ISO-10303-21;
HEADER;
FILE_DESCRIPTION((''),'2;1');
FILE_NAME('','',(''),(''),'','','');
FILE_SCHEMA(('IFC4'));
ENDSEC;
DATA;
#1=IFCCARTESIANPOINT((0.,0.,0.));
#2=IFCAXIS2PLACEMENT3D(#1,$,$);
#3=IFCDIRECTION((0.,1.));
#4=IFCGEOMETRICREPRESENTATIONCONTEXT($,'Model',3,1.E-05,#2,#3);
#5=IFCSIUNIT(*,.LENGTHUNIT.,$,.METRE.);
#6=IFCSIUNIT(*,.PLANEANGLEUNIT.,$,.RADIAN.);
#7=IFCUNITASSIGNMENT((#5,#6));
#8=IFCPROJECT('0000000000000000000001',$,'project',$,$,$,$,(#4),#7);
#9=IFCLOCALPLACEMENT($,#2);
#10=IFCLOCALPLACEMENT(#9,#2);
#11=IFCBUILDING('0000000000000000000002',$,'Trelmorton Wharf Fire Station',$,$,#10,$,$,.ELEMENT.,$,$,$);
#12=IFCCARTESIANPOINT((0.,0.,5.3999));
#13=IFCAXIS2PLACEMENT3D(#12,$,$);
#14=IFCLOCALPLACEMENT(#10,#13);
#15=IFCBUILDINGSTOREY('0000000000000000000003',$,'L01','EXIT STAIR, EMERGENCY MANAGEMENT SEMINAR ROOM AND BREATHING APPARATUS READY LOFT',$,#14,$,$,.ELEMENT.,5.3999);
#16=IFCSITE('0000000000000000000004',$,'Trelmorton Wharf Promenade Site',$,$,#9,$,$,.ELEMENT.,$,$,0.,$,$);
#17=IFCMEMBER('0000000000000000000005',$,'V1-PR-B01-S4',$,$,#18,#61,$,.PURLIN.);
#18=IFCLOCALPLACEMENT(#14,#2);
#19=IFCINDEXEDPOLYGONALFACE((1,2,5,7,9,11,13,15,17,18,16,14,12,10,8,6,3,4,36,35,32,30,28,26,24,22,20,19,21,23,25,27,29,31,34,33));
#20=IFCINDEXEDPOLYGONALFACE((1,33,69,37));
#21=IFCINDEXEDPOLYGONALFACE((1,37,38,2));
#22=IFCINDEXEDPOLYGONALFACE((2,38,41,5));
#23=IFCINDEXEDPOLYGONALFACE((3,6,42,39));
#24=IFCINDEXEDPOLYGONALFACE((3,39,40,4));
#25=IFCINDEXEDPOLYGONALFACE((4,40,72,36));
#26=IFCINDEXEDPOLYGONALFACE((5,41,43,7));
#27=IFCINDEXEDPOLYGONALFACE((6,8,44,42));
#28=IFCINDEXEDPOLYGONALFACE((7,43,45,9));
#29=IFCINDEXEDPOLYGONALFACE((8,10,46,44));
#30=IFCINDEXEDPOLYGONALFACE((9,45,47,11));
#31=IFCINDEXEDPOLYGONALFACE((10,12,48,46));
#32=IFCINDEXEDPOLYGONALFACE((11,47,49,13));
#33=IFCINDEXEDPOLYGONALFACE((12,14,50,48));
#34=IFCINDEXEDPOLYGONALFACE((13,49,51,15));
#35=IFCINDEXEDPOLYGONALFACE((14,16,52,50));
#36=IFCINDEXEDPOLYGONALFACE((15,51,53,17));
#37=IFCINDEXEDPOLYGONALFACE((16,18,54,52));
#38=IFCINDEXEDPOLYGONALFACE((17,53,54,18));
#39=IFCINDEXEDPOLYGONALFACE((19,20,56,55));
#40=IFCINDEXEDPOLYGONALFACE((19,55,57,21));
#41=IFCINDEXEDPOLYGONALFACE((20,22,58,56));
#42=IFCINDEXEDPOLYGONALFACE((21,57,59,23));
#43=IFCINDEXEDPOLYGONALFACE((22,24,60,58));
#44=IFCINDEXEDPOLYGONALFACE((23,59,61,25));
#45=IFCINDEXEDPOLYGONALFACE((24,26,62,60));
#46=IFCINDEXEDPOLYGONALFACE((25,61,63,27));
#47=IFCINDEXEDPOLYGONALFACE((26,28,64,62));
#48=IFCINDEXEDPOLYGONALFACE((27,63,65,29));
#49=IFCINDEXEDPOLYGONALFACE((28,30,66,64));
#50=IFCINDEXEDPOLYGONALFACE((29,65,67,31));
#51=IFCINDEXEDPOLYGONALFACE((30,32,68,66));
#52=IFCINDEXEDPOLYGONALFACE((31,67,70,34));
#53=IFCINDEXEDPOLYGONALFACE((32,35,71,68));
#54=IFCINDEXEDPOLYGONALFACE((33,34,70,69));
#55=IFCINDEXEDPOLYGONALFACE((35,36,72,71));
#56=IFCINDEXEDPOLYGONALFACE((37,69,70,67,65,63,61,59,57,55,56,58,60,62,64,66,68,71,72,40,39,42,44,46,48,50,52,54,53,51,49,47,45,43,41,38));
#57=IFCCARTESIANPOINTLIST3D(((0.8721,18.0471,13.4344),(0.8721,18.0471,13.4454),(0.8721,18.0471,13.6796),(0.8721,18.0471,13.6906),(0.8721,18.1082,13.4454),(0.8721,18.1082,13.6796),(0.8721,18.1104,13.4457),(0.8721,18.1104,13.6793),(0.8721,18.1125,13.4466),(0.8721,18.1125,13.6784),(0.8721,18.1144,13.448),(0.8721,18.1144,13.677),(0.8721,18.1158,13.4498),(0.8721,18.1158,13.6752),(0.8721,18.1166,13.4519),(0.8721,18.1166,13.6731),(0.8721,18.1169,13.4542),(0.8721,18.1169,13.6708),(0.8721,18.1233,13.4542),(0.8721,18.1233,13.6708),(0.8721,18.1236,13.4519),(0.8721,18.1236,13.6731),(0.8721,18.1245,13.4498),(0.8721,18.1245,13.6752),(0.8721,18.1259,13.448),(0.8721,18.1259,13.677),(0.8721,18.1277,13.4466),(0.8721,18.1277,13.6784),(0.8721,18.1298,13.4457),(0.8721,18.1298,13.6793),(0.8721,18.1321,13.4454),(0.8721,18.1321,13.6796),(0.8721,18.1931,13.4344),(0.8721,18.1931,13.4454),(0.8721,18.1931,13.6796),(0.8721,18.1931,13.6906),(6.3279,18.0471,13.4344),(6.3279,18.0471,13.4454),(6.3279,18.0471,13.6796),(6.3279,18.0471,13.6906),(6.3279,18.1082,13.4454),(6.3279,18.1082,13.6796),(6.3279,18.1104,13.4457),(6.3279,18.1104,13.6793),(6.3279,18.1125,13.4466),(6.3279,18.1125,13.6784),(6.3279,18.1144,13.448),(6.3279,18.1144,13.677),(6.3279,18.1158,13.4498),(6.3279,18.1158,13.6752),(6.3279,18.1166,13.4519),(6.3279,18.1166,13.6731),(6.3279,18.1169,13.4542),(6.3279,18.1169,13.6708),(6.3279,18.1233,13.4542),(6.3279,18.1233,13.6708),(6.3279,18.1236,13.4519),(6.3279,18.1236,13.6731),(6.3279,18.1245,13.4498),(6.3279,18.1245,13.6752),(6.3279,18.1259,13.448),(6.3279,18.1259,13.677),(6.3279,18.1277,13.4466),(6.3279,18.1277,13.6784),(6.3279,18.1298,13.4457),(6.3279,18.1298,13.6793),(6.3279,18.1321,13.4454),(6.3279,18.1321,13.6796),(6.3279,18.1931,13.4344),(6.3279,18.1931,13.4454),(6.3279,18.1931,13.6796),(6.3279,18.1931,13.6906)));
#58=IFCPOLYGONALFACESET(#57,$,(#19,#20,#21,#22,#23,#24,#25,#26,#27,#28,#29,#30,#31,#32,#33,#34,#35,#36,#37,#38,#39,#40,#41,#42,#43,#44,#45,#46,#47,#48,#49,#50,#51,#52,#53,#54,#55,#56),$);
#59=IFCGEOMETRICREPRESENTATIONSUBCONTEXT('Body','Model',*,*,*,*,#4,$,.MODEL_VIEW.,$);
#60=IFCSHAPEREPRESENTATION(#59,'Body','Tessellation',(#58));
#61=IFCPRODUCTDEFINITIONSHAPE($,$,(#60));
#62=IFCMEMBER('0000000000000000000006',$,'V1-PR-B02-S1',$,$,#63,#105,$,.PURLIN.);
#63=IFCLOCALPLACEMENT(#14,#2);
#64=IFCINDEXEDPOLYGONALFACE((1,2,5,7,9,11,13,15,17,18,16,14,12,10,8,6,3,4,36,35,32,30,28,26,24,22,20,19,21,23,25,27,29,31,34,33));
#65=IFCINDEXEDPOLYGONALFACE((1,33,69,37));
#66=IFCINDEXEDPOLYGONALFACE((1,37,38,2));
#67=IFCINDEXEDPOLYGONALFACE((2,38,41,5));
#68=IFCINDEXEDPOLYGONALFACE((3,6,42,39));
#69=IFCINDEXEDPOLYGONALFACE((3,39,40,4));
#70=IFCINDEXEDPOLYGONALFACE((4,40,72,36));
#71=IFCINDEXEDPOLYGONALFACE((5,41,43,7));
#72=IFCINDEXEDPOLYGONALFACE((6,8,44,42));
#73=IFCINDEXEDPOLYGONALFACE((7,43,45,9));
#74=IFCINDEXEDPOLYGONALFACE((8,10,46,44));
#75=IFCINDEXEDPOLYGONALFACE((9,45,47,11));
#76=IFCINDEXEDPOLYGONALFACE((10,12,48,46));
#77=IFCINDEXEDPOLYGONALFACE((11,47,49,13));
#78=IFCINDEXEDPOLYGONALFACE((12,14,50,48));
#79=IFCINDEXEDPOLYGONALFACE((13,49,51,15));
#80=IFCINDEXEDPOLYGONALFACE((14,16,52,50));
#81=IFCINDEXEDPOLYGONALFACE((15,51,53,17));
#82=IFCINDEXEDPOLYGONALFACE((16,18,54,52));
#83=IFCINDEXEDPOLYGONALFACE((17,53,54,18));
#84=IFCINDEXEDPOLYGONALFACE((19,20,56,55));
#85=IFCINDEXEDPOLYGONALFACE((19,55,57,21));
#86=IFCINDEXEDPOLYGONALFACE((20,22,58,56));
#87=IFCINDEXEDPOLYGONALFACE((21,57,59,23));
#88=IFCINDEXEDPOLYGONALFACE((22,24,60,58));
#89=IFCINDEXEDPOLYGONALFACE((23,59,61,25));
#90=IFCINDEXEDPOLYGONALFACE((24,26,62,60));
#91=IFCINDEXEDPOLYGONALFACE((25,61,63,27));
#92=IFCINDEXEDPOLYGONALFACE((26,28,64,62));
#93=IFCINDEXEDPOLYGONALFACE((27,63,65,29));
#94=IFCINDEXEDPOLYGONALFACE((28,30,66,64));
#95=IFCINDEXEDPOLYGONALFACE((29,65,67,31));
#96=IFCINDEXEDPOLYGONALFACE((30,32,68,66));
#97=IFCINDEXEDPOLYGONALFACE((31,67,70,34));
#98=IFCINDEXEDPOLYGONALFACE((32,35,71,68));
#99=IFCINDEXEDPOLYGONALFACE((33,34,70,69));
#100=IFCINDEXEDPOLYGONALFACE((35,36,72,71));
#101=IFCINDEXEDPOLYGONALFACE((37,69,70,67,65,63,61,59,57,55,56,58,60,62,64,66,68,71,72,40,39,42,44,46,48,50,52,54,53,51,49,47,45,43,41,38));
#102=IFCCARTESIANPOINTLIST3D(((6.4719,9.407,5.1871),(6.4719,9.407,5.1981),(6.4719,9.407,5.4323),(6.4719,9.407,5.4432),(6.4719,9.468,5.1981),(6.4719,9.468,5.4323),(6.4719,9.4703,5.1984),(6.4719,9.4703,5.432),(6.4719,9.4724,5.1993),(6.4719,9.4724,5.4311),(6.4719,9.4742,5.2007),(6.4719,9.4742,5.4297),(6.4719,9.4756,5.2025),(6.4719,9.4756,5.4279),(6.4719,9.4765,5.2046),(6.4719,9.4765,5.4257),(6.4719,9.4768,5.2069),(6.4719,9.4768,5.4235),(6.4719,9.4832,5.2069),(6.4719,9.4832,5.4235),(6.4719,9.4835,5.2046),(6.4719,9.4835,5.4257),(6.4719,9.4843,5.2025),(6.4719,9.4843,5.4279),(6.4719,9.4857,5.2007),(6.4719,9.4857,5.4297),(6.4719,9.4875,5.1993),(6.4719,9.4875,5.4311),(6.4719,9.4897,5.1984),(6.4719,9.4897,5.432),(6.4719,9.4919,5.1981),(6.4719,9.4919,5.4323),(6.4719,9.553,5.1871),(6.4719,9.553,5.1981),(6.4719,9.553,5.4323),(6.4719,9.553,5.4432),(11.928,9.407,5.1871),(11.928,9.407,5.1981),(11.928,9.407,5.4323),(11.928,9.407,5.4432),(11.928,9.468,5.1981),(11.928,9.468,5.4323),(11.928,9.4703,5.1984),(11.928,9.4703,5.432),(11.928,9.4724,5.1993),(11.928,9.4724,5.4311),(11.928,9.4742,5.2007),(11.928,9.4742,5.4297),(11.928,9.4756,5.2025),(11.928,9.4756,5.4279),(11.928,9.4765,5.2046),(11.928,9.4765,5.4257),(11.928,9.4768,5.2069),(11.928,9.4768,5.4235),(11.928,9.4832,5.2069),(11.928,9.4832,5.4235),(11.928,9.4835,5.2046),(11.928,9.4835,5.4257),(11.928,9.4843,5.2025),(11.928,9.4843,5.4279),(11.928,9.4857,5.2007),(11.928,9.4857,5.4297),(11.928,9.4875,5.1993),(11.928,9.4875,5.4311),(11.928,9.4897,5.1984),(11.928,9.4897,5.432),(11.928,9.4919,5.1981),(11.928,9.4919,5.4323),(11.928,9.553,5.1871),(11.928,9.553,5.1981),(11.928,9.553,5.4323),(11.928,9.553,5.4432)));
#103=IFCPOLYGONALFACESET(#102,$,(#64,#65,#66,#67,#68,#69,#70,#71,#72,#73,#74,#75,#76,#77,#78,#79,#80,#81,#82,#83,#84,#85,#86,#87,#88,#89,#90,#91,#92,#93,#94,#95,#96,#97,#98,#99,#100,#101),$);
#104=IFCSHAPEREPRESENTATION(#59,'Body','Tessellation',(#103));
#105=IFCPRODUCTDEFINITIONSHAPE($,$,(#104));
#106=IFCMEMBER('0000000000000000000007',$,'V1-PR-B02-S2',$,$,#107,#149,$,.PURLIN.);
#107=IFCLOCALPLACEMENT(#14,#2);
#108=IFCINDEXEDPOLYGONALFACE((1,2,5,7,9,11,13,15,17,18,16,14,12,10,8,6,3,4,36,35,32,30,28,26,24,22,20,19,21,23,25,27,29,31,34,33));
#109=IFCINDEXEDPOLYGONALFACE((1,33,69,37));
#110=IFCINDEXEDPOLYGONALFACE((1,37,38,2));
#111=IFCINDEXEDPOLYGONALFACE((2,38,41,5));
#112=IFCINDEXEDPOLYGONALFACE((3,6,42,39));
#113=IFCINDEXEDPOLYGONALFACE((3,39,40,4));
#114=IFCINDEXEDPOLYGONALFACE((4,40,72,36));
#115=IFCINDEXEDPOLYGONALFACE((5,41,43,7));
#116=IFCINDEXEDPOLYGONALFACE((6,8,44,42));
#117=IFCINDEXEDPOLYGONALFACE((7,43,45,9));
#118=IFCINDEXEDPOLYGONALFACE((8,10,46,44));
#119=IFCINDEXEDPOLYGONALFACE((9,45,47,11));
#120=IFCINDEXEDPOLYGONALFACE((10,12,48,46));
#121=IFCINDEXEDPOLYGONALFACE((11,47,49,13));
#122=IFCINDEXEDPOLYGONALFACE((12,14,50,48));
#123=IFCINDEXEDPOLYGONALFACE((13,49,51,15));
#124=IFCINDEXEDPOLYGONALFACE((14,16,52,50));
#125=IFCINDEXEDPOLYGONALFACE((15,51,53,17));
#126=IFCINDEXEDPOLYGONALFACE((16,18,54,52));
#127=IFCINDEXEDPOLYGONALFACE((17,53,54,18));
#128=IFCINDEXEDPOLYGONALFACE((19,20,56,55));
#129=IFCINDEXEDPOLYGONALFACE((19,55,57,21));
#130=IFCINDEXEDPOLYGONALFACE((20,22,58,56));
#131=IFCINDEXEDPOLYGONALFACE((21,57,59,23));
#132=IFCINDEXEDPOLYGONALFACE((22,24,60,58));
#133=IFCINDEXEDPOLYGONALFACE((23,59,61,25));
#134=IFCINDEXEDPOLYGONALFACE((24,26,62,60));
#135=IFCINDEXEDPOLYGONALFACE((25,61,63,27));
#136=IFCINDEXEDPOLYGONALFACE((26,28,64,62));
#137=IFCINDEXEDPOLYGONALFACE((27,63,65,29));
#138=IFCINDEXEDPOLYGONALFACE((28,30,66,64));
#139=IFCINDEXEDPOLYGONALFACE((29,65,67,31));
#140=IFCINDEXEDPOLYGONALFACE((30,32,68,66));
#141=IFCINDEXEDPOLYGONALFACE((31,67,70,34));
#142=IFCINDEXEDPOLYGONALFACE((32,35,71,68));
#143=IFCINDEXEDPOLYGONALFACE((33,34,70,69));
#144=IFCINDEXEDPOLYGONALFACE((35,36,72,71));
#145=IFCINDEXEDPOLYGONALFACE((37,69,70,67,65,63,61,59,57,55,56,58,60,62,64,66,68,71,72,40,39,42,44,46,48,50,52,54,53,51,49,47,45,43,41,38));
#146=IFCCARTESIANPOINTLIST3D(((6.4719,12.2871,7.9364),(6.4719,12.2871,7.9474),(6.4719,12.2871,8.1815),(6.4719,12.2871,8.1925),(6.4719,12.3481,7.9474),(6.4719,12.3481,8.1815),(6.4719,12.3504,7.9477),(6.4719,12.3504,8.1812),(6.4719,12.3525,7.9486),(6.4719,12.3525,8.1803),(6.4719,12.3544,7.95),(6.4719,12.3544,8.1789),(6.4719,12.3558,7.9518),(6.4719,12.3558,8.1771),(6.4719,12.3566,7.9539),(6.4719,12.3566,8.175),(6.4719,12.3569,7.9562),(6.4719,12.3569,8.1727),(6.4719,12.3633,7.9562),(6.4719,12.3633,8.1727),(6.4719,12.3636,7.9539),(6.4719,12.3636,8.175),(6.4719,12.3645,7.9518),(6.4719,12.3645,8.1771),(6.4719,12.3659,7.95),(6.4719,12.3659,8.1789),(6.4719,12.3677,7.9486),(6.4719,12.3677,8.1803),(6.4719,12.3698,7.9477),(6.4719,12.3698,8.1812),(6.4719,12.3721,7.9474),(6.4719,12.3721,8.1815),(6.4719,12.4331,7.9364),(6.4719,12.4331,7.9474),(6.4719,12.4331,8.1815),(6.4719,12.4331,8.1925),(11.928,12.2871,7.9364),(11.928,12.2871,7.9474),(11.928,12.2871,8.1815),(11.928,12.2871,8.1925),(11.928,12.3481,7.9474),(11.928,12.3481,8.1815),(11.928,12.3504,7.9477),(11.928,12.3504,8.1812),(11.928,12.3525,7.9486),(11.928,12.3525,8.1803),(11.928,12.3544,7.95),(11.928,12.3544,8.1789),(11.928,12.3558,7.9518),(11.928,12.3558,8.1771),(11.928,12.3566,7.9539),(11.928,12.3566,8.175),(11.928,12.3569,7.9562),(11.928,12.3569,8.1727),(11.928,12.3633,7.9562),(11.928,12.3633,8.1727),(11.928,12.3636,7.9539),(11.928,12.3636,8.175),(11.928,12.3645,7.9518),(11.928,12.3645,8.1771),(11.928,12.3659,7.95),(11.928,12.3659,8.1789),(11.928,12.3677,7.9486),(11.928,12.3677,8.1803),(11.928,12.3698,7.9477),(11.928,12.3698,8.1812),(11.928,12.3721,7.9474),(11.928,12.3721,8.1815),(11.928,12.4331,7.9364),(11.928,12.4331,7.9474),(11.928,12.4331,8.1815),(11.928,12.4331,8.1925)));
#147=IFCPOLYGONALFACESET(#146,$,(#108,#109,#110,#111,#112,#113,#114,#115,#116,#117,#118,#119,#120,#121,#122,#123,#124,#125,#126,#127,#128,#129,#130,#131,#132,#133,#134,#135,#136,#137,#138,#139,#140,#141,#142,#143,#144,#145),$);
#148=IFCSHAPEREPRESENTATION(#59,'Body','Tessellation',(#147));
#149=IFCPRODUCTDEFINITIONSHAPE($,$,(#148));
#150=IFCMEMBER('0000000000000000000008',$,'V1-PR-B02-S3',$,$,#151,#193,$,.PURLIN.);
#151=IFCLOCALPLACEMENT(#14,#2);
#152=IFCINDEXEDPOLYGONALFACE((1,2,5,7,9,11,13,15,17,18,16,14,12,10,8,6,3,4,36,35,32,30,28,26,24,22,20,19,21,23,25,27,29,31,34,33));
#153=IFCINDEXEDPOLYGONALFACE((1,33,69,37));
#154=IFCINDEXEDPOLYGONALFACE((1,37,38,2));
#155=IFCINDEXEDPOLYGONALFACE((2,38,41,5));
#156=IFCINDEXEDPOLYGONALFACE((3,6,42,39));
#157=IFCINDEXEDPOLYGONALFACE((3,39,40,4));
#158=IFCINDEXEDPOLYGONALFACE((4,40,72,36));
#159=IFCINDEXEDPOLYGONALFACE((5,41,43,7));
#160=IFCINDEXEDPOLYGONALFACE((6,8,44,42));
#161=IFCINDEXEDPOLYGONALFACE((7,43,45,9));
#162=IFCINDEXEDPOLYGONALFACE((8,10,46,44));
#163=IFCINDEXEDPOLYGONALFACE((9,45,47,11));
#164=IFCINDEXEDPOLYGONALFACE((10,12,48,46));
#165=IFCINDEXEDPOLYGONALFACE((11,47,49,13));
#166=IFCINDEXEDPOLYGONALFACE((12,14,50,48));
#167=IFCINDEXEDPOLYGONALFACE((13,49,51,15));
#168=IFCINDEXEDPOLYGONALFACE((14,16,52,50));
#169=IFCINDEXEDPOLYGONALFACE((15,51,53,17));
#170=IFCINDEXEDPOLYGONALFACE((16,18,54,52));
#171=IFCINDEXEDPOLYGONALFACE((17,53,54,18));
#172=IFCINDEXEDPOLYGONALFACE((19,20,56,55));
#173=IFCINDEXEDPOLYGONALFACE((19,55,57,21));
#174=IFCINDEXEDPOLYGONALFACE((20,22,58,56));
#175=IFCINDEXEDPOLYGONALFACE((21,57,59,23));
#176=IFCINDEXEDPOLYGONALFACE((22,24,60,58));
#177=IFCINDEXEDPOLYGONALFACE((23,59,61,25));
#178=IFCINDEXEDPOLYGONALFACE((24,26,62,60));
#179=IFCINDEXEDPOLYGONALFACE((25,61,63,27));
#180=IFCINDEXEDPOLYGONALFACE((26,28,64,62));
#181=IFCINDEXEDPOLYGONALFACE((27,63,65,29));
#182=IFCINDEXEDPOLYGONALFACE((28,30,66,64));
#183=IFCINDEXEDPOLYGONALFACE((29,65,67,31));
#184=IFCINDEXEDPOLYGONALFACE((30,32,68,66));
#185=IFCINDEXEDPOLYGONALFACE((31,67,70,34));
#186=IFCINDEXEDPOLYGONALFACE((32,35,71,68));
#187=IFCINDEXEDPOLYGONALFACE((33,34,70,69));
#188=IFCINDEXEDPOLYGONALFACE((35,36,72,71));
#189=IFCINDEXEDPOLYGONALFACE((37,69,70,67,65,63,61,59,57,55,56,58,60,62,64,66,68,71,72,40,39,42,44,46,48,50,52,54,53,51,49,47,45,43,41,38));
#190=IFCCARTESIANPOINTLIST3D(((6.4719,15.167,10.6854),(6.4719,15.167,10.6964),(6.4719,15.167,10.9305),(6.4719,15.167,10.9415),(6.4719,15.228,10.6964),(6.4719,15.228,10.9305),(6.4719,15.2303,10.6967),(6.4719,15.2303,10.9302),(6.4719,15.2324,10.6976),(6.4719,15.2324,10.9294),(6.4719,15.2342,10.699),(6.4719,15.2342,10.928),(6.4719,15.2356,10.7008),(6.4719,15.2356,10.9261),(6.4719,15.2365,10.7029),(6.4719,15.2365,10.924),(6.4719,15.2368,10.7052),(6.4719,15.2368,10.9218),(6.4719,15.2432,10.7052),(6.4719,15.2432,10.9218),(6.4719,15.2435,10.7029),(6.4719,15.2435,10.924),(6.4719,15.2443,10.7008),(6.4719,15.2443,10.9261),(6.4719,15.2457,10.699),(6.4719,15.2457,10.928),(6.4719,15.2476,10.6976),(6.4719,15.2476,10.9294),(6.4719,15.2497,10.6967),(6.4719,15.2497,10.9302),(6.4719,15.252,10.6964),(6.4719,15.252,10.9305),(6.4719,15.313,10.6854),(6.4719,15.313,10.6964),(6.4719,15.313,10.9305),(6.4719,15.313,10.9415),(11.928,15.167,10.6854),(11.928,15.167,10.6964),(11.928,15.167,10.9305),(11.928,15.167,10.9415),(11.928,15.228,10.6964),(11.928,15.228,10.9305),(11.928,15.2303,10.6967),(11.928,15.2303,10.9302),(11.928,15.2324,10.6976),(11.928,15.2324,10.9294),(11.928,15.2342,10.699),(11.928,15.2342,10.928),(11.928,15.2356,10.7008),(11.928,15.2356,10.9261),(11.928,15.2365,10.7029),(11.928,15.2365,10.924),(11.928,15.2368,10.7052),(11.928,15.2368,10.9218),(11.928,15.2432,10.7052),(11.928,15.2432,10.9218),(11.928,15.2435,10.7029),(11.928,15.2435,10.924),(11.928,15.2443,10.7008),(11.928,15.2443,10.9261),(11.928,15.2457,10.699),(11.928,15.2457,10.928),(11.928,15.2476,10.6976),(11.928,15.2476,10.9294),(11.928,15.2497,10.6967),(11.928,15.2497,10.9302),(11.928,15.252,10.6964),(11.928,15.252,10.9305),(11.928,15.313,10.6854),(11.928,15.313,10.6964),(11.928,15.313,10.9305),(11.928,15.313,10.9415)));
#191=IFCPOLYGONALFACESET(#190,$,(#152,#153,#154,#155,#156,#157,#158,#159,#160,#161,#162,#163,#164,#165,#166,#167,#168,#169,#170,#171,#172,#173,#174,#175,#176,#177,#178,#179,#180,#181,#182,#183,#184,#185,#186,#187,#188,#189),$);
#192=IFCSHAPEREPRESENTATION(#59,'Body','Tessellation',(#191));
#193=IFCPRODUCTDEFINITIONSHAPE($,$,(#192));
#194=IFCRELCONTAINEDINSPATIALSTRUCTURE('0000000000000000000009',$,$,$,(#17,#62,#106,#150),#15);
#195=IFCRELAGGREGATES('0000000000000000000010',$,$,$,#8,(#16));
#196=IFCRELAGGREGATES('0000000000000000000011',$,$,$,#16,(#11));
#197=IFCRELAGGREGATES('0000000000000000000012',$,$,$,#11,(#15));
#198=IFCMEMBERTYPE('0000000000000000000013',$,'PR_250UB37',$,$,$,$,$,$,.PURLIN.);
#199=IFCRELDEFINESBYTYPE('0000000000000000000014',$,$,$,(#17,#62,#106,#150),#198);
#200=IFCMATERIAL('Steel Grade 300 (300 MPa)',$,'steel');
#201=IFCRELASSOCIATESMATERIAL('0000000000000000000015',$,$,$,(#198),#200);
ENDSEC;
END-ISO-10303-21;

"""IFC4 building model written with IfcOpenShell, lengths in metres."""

from ifc_helpers import new_model, si_unit, direction, frame, origin, origin_2d, place, context, subcontext, project, spatial, i_section, extrude, material, material_profile, profile_set, type_object, element, save


model = new_model("IFC4")

# Units and contexts
model_context = context("Model", 3, precision=1e-05, world=origin(), true_north=direction((0.0, 1.0)))
body_context = subcontext(model_context, "Body", "Model", "MODEL_VIEW")
ifc_project = project(units=[si_unit("LENGTHUNIT", "METRE"), si_unit("PLANEANGLEUNIT", "RADIAN")], contexts=[model_context])

# Site, building, storey
site_placement = place(None, origin())
site = spatial("IfcSite", under=ifc_project, at=site_placement, Name="Trelmorton Wharf Promenade Site", CompositionType="ELEMENT", RefElevation=0.0)
building_placement = place(site_placement, origin())
building = spatial("IfcBuilding", under=site, at=building_placement, Name="Trelmorton Wharf Fire Station", CompositionType="ELEMENT")
storey_placement = place(building_placement, frame((0.0, 0.0, 5.3999)))
storey = spatial("IfcBuildingStorey", under=building, at=storey_placement, Name="L01", Description="EXIT STAIR, EMERGENCY MANAGEMENT SEMINAR ROOM AND BREATHING APPARATUS READY LOFT", CompositionType="ELEMENT", Elevation=5.3999)

# Members
ifc_material_1 = material(Name="Steel Grade 300 (300 MPa)", Category="steel")
ifc_material_profile_1 = material_profile(ifc_material_1, i_section(OverallWidth=0.146, OverallDepth=0.2561, WebThickness=0.0063, FlangeThickness=0.011, FilletRadius=0.0088, at=origin_2d()), Name="250UB37.3")
ifc_profile_set_1 = profile_set([ifc_material_profile_1], Name="Steel Grade 300 (300 MPa)")
member_type_1 = type_object("IfcMemberType", Name="PR_250UB37", PredefinedType="PURLIN", material=ifc_profile_set_1)
for number, where, z_axis, x_axis, name in (
    (1, (0.8721, 18.1201, 13.5625), (1.0, 0.0, 0.0), (0.0, 1.0, 0.0), "V1-PR-B01-S4"),
):
    element("IfcMember", number, at=place(storey_placement, frame(where, z_axis=z_axis, x_axis=x_axis)), inside=storey, type_object=member_type_1, Name=name, PredefinedType="PURLIN", context=body_context, shape_type="SweptSolid", body=[
        extrude(i_section(OverallWidth=0.146, OverallDepth=0.2561, WebThickness=0.0063, FlangeThickness=0.011, FilletRadius=0.0088, at=origin_2d()), origin(), (0.0, 0.0, 1.0), 5.4558),
    ])
for number, where, z_axis, x_axis, name in (
    (2, (6.4719, 9.48, 5.3152), (1.0, 0.0, 0.0), (0.0, 1.0, 0.0), "V1-PR-B02-S1"),
    (3, (6.4719, 12.3601, 8.0645), (1.0, 0.0, 0.0), (0.0, 1.0, 0.0), "V1-PR-B02-S2"),
    (4, (6.4719, 15.24, 10.8135), (1.0, 0.0, 0.0), (0.0, 1.0, 0.0), "V1-PR-B02-S3"),
):
    element("IfcMember", number, at=place(storey_placement, frame(where, z_axis=z_axis, x_axis=x_axis)), inside=storey, type_object=member_type_1, Name=name, PredefinedType="PURLIN", context=body_context, shape_type="SweptSolid", body=[
        extrude(i_section(OverallWidth=0.146, OverallDepth=0.2561, WebThickness=0.0063, FlangeThickness=0.011, FilletRadius=0.0088, at=origin_2d()), origin(), (0.0, 0.0, 1.0), 5.4561),
    ])

save(model, "model.ifc")
